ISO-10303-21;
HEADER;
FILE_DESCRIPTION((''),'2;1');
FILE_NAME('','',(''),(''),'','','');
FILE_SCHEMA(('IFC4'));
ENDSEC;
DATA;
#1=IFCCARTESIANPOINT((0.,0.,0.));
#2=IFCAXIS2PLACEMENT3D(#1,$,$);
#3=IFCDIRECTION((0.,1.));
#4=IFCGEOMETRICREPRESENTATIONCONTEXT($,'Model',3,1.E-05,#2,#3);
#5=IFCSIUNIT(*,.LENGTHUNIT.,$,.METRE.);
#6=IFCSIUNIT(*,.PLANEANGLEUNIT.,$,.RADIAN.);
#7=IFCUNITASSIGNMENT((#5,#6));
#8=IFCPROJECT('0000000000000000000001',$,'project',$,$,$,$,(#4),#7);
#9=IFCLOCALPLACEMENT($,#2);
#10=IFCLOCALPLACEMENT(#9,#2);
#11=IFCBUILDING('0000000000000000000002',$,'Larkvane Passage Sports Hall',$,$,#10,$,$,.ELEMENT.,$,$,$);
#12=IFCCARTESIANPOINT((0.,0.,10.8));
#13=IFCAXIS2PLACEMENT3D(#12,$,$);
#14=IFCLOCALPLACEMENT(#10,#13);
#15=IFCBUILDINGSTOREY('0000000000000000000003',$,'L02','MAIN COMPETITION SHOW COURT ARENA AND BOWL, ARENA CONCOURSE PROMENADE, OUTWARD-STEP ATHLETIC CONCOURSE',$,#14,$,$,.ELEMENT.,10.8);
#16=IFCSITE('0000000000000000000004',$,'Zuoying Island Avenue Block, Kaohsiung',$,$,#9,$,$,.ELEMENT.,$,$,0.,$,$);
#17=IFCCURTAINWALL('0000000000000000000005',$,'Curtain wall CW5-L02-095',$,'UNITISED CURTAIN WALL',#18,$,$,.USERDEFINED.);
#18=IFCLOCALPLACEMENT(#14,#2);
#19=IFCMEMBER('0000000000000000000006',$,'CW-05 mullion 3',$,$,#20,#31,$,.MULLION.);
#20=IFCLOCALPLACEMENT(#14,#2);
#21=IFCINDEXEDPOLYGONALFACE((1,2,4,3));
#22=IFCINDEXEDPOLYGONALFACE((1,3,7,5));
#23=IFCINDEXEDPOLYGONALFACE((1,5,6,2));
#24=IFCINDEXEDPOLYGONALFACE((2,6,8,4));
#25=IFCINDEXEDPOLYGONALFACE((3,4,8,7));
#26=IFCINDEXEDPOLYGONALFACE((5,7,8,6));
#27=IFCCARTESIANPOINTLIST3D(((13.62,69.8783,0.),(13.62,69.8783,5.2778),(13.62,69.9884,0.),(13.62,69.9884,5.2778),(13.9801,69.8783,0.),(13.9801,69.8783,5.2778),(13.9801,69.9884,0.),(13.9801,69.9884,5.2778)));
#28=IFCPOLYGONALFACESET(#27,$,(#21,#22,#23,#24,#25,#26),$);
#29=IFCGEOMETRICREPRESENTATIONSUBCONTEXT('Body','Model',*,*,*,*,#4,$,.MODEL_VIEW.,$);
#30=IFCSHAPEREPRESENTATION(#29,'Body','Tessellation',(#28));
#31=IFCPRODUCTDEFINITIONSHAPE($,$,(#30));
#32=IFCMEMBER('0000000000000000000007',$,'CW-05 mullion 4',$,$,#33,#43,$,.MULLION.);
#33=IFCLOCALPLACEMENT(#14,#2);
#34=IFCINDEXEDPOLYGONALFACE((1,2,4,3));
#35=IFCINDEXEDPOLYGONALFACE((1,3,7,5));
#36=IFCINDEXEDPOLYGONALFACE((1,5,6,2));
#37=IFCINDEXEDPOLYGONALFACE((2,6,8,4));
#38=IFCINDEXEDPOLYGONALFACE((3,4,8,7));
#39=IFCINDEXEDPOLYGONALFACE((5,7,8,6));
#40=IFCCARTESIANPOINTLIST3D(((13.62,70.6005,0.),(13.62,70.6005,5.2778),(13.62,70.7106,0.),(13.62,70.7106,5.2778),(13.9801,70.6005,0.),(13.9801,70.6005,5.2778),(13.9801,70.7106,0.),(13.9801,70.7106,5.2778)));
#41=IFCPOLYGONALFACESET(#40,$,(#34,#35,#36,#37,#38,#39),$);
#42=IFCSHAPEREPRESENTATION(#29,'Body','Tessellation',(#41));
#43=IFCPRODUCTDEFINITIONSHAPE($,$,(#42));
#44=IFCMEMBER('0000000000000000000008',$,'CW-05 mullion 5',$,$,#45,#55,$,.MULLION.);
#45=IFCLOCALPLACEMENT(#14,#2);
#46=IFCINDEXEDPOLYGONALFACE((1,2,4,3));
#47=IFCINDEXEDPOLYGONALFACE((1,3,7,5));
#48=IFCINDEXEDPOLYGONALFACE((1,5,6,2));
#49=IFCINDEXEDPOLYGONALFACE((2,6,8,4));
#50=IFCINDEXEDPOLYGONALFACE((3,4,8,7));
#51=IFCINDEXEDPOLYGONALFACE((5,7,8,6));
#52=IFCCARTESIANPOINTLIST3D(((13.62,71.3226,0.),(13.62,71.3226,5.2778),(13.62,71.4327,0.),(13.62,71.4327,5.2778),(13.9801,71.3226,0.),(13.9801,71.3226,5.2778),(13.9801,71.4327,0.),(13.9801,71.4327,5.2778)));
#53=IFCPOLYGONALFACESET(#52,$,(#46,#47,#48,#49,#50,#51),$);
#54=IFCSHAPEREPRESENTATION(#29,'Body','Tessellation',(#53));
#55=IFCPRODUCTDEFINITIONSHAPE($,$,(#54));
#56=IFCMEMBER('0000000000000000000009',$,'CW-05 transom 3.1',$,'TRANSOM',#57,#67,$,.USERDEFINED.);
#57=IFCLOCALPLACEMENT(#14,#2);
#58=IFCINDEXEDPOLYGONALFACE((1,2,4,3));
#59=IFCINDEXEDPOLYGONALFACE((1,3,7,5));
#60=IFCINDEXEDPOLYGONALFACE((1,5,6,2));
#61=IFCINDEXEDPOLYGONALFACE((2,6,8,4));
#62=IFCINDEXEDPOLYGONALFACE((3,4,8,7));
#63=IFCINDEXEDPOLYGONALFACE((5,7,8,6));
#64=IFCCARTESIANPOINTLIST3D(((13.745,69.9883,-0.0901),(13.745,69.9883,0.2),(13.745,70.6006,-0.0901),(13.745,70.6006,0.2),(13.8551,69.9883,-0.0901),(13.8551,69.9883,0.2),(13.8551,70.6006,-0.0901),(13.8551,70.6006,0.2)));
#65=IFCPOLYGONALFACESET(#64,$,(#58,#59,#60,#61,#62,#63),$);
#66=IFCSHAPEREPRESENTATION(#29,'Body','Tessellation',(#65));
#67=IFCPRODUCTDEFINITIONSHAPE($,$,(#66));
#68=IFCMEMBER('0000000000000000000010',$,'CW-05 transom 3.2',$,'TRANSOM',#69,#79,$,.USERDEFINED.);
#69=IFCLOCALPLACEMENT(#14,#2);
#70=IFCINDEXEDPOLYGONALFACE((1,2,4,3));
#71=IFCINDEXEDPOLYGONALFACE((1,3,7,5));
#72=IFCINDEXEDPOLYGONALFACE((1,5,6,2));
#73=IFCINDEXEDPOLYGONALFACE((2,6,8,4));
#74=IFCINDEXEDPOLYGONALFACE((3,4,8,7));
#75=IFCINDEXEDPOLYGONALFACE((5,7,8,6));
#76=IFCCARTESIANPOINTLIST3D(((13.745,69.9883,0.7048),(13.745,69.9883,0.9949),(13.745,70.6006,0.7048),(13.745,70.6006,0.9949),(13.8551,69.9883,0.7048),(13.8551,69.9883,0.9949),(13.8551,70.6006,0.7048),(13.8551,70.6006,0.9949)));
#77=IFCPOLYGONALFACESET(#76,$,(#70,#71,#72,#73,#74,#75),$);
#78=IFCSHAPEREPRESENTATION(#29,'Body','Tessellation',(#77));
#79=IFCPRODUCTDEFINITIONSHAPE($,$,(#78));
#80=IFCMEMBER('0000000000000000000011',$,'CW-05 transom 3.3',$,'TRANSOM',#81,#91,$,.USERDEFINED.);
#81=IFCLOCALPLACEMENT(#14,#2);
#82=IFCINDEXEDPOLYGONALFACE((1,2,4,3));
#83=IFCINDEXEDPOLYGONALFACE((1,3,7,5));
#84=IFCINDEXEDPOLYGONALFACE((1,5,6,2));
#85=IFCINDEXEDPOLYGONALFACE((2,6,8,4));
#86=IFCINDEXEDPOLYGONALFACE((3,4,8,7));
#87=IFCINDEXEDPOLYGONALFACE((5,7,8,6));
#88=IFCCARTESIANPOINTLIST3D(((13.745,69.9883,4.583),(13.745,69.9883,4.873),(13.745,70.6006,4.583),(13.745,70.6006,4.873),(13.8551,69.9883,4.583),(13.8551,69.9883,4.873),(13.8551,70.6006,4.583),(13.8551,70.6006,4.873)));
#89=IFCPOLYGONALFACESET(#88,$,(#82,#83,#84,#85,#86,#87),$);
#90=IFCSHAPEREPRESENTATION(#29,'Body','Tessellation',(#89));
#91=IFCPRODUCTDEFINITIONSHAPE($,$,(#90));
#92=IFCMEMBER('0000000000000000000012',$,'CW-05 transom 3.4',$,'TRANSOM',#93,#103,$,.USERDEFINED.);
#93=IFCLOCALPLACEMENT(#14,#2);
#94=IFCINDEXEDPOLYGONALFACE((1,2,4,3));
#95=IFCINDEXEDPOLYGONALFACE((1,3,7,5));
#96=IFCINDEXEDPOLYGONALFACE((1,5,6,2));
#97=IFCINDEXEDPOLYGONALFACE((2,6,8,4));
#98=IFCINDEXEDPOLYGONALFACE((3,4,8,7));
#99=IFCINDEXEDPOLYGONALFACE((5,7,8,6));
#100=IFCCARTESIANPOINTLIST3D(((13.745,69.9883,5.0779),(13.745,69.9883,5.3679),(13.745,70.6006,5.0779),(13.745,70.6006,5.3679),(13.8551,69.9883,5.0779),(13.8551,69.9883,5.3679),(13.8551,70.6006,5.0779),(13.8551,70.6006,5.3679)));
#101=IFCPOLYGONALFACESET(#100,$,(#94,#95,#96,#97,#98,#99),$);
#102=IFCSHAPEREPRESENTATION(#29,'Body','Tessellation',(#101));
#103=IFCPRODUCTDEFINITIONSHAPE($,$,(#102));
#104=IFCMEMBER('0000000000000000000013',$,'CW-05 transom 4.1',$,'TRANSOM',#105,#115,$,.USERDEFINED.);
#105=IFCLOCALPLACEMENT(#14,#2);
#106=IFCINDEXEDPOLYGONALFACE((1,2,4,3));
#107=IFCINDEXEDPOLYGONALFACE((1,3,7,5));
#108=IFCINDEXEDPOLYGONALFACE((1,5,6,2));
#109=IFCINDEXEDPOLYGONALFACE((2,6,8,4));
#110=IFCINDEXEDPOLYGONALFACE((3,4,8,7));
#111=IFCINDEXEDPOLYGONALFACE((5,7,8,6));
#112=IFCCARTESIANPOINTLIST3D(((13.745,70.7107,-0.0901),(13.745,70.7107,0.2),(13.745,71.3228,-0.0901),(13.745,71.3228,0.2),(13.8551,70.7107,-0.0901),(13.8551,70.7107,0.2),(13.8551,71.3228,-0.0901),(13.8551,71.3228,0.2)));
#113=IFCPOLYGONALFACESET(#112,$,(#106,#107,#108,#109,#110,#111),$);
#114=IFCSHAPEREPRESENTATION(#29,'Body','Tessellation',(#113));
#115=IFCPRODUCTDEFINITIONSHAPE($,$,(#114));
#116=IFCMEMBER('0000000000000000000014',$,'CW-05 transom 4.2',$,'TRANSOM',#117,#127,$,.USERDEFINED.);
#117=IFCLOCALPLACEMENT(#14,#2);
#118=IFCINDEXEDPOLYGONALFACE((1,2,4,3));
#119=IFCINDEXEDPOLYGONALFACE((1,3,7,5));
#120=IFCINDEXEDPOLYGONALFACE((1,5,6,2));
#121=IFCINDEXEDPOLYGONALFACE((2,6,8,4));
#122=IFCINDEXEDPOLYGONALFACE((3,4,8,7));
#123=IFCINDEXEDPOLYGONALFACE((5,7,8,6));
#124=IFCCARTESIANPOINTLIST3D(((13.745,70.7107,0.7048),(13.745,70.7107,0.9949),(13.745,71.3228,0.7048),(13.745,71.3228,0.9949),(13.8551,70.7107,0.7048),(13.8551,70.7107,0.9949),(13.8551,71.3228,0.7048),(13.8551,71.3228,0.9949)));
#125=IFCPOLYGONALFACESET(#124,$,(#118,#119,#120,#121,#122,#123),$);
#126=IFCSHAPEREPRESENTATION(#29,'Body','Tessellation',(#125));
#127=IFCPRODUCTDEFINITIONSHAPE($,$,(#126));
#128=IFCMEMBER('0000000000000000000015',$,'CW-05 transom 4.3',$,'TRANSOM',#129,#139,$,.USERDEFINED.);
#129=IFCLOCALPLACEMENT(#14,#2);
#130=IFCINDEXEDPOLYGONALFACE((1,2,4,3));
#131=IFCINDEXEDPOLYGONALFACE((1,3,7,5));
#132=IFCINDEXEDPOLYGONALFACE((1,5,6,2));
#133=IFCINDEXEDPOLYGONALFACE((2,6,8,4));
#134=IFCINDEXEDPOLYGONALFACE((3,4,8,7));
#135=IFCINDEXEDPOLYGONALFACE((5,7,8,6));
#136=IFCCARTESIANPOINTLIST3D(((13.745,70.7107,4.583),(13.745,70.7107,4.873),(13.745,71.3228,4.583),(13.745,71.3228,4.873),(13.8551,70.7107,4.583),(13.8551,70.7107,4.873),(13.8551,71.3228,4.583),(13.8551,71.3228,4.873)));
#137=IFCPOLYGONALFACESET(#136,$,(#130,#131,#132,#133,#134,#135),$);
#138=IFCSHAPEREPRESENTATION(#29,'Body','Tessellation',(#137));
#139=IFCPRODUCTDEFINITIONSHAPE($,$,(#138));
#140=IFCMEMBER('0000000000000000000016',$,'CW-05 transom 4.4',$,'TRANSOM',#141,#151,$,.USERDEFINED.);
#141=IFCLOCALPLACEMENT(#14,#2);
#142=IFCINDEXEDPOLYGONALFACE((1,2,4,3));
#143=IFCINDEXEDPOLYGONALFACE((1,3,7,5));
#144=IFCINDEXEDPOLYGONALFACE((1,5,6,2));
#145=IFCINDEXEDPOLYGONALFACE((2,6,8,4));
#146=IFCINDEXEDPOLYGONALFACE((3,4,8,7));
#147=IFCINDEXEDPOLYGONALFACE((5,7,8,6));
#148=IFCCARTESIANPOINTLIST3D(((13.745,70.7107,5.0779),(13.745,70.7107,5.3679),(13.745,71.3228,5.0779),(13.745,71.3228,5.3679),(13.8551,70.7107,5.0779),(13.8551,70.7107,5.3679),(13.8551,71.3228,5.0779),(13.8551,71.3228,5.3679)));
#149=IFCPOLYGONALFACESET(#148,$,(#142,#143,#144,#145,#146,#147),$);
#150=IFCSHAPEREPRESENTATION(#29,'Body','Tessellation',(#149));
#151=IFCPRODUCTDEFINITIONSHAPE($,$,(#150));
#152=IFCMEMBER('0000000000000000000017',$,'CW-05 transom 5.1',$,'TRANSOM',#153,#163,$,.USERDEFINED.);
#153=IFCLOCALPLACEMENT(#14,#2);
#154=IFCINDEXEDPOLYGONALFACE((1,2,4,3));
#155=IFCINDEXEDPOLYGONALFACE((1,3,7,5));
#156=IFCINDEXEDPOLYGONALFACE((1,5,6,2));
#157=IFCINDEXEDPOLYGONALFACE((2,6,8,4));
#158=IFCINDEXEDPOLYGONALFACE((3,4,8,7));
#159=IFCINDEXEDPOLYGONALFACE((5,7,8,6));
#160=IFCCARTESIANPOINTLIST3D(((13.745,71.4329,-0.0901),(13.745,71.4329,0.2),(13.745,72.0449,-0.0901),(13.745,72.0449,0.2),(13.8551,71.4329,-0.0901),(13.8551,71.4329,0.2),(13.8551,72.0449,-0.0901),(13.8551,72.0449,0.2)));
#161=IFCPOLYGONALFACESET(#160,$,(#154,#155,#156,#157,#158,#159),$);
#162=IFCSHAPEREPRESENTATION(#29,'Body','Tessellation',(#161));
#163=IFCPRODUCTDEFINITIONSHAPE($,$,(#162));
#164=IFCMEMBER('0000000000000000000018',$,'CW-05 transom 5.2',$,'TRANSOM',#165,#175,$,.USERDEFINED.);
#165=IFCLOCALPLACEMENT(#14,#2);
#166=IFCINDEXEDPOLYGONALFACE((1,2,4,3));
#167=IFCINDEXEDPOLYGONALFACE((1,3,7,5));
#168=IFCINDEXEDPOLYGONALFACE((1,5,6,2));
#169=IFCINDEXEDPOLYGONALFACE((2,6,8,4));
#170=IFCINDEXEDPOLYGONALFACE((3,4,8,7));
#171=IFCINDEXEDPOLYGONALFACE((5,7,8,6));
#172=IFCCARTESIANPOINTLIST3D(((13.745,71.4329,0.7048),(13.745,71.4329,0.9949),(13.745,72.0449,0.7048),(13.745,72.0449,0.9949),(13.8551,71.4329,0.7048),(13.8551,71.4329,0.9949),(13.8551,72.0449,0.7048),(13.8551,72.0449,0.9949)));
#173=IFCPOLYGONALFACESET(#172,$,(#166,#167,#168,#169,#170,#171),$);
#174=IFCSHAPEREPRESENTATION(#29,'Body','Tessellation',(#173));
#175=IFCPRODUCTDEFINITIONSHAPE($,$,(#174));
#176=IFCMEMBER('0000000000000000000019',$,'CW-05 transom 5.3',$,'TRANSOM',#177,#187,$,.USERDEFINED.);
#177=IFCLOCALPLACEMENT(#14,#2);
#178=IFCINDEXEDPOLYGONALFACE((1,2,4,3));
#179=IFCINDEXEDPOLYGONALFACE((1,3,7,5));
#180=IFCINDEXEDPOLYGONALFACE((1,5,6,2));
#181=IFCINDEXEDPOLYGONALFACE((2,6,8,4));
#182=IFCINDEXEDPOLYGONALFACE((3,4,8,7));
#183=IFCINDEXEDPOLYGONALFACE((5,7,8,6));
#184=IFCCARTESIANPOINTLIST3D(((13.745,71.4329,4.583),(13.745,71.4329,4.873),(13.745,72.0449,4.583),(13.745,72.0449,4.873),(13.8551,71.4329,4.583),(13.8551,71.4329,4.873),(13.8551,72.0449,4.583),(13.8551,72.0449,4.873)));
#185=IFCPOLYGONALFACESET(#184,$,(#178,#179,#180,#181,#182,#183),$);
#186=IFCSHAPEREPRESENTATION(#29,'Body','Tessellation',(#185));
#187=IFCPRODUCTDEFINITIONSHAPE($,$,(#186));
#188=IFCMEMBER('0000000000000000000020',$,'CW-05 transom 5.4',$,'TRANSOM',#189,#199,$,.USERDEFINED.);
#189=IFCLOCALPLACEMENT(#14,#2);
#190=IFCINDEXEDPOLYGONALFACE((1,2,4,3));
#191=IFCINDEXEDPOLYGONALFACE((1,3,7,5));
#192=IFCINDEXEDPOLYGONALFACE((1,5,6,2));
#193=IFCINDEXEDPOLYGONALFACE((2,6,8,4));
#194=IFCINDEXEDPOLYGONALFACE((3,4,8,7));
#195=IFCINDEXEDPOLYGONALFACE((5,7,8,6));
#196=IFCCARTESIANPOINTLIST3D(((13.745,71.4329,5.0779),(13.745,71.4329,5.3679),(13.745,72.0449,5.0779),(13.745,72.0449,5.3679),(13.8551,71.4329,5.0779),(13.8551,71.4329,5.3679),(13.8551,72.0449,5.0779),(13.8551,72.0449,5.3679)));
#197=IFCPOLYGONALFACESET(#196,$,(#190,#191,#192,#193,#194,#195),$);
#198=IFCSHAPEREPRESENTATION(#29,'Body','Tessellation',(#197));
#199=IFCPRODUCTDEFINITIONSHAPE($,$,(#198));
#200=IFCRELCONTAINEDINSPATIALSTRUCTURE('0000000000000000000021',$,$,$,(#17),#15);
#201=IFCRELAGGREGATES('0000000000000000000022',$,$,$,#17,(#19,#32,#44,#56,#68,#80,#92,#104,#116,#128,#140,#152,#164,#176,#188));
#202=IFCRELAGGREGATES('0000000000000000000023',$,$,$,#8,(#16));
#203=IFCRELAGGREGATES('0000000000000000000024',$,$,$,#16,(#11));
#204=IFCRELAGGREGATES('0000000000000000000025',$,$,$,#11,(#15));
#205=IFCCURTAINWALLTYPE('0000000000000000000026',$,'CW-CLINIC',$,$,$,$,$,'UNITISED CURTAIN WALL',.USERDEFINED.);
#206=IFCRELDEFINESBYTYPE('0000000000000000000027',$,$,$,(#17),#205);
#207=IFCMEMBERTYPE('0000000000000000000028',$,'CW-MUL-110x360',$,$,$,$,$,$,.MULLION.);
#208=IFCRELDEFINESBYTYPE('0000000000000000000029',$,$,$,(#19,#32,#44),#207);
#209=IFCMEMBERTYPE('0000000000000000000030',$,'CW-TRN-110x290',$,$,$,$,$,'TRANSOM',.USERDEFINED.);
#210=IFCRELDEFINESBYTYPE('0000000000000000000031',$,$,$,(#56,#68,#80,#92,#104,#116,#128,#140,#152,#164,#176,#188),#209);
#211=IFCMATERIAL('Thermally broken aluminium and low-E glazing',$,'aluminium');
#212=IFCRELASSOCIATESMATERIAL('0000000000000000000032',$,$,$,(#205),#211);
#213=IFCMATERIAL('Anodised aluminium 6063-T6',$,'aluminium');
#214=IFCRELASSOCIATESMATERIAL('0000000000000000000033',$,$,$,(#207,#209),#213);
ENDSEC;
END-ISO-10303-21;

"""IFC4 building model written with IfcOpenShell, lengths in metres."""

from ifc_helpers import new_model, si_unit, direction, frame, origin, origin_2d, place, context, subcontext, project, spatial, rectangle, extrude, material, material_profile, profile_set, type_object, element, aggregate, save


model = new_model("IFC4")

# Units and contexts
model_context = context("Model", 3, precision=1e-05, world=origin(), true_north=direction((0.0, 1.0)))
body_context = subcontext(model_context, "Body", "Model", "MODEL_VIEW")
ifc_project = project(units=[si_unit("LENGTHUNIT", "METRE"), si_unit("PLANEANGLEUNIT", "RADIAN")], contexts=[model_context])

# Site, building, storey
site_placement = place(None, origin())
site = spatial("IfcSite", under=ifc_project, at=site_placement, Name="Zuoying Island Avenue Block, Kaohsiung", CompositionType="ELEMENT", RefElevation=0.0)
building_placement = place(site_placement, origin())
building = spatial("IfcBuilding", under=site, at=building_placement, Name="Larkvane Passage Sports Hall", CompositionType="ELEMENT")
storey_placement = place(building_placement, frame((0.0, 0.0, 10.8)))
storey = spatial("IfcBuildingStorey", under=building, at=storey_placement, Name="L02", Description="MAIN COMPETITION SHOW COURT ARENA AND BOWL, ARENA CONCOURSE PROMENADE, OUTWARD-STEP ATHLETIC CONCOURSE", CompositionType="ELEMENT", Elevation=10.8)

# Curtain wall, members
ifc_material_1 = material(Name="Thermally broken aluminium and low-E glazing", Category="aluminium")
curtain_wall_type = type_object("IfcCurtainWallType", Name="CW-CLINIC", ElementType="UNITISED CURTAIN WALL", PredefinedType="USERDEFINED", material=ifc_material_1)
curtain_wall_placement = place(storey_placement, origin())
curtain_wall = element("IfcCurtainWall", 1, at=curtain_wall_placement, inside=storey, type_object=curtain_wall_type, Name="Curtain wall CW5-L02-095", ObjectType="UNITISED CURTAIN WALL", PredefinedType="USERDEFINED")
ifc_material_2 = material(Name="Anodised aluminium 6063-T6", Category="aluminium")
ifc_material_profile_1 = material_profile(ifc_material_2, rectangle(XDim=0.1101, YDim=0.3601, at=origin_2d()), Name="ALU-MUL-110x360")
ifc_profile_set_1 = profile_set([ifc_material_profile_1], Name="Anodised aluminium 6063-T6")
member_type_1 = type_object("IfcMemberType", Name="CW-MUL-110x360", PredefinedType="MULLION", material=ifc_profile_set_1)
member_1_placement = place(storey_placement, frame((13.8, 69.9333, 0.0), z_axis=(0.0, 0.0, 1.0), x_axis=(0.0, 1.0, 0.0)))
member_1 = element("IfcMember", 2, at=member_1_placement, type_object=member_type_1, Name="CW-05 mullion 3", PredefinedType="MULLION", context=body_context, shape_type="SweptSolid", body=[
    extrude(rectangle(XDim=0.1101, YDim=0.3601, at=origin_2d()), origin(), (0.0, 0.0, 1.0), 5.2778),
])
member_2_placement = place(storey_placement, frame((13.8, 70.6555, 0.0), z_axis=(0.0, 0.0, 1.0), x_axis=(0.0, 1.0, 0.0)))
member_2 = element("IfcMember", 3, at=member_2_placement, type_object=member_type_1, Name="CW-05 mullion 4", PredefinedType="MULLION", context=body_context, shape_type="SweptSolid", body=[
    extrude(rectangle(XDim=0.1101, YDim=0.3601, at=origin_2d()), origin(), (0.0, 0.0, 1.0), 5.2778),
])
member_3_placement = place(storey_placement, frame((13.8, 71.3777, 0.0), z_axis=(0.0, 0.0, 1.0), x_axis=(0.0, 1.0, 0.0)))
member_3 = element("IfcMember", 4, at=member_3_placement, type_object=member_type_1, Name="CW-05 mullion 5", PredefinedType="MULLION", context=body_context, shape_type="SweptSolid", body=[
    extrude(rectangle(XDim=0.1101, YDim=0.3601, at=origin_2d()), origin(), (0.0, 0.0, 1.0), 5.2778),
])
ifc_material_profile_2 = material_profile(ifc_material_2, rectangle(XDim=0.1101, YDim=0.29, at=origin_2d()), Name="ALU-TRN-110x290")
ifc_profile_set_2 = profile_set([ifc_material_profile_2], Name="Anodised aluminium 6063-T6")
member_type_2 = type_object("IfcMemberType", Name="CW-TRN-110x290", ElementType="TRANSOM", PredefinedType="USERDEFINED", material=ifc_profile_set_2)
member_4_placement = place(storey_placement, frame((13.8, 69.9883, 0.0549), z_axis=(0.0, 1.0, 0.0), x_axis=(-1.0, 0.0, 0.0)))
member_4 = element("IfcMember", 5, at=member_4_placement, type_object=member_type_2, Name="CW-05 transom 3.1", ObjectType="TRANSOM", PredefinedType="USERDEFINED", context=body_context, shape_type="SweptSolid", body=[
    extrude(rectangle(XDim=0.1101, YDim=0.29, at=origin_2d()), origin(), (0.0, 0.0, 1.0), 0.6123),
])
member_5_placement = place(storey_placement, frame((13.8, 69.9883, 0.8499), z_axis=(0.0, 1.0, 0.0), x_axis=(-1.0, 0.0, 0.0)))
member_5 = element("IfcMember", 6, at=member_5_placement, type_object=member_type_2, Name="CW-05 transom 3.2", ObjectType="TRANSOM", PredefinedType="USERDEFINED", context=body_context, shape_type="SweptSolid", body=[
    extrude(rectangle(XDim=0.1101, YDim=0.29, at=origin_2d()), origin(), (0.0, 0.0, 1.0), 0.6123),
])
member_6_placement = place(storey_placement, frame((13.8, 69.9883, 4.728), z_axis=(0.0, 1.0, 0.0), x_axis=(-1.0, 0.0, 0.0)))
member_6 = element("IfcMember", 7, at=member_6_placement, type_object=member_type_2, Name="CW-05 transom 3.3", ObjectType="TRANSOM", PredefinedType="USERDEFINED", context=body_context, shape_type="SweptSolid", body=[
    extrude(rectangle(XDim=0.1101, YDim=0.29, at=origin_2d()), origin(), (0.0, 0.0, 1.0), 0.6123),
])
member_7_placement = place(storey_placement, frame((13.8, 69.9883, 5.2229), z_axis=(0.0, 1.0, 0.0), x_axis=(-1.0, 0.0, 0.0)))
member_7 = element("IfcMember", 8, at=member_7_placement, type_object=member_type_2, Name="CW-05 transom 3.4", ObjectType="TRANSOM", PredefinedType="USERDEFINED", context=body_context, shape_type="SweptSolid", body=[
    extrude(rectangle(XDim=0.1101, YDim=0.29, at=origin_2d()), origin(), (0.0, 0.0, 1.0), 0.6123),
])
member_8_placement = place(storey_placement, frame((13.8, 70.7107, 0.0549), z_axis=(0.0, 1.0, 0.0), x_axis=(-1.0, 0.0, 0.0)))
member_8 = element("IfcMember", 9, at=member_8_placement, type_object=member_type_2, Name="CW-05 transom 4.1", ObjectType="TRANSOM", PredefinedType="USERDEFINED", context=body_context, shape_type="SweptSolid", body=[
    extrude(rectangle(XDim=0.1101, YDim=0.29, at=origin_2d()), origin(), (0.0, 0.0, 1.0), 0.6121),
])
member_9_placement = place(storey_placement, frame((13.8, 70.7107, 0.8499), z_axis=(0.0, 1.0, 0.0), x_axis=(-1.0, 0.0, 0.0)))
member_9 = element("IfcMember", 10, at=member_9_placement, type_object=member_type_2, Name="CW-05 transom 4.2", ObjectType="TRANSOM", PredefinedType="USERDEFINED", context=body_context, shape_type="SweptSolid", body=[
    extrude(rectangle(XDim=0.1101, YDim=0.29, at=origin_2d()), origin(), (0.0, 0.0, 1.0), 0.6121),
])
member_10_placement = place(storey_placement, frame((13.8, 70.7107, 4.728), z_axis=(0.0, 1.0, 0.0), x_axis=(-1.0, 0.0, 0.0)))
member_10 = element("IfcMember", 11, at=member_10_placement, type_object=member_type_2, Name="CW-05 transom 4.3", ObjectType="TRANSOM", PredefinedType="USERDEFINED", context=body_context, shape_type="SweptSolid", body=[
    extrude(rectangle(XDim=0.1101, YDim=0.29, at=origin_2d()), origin(), (0.0, 0.0, 1.0), 0.6121),
])
member_11_placement = place(storey_placement, frame((13.8, 70.7107, 5.2229), z_axis=(0.0, 1.0, 0.0), x_axis=(-1.0, 0.0, 0.0)))
member_11 = element("IfcMember", 12, at=member_11_placement, type_object=member_type_2, Name="CW-05 transom 4.4", ObjectType="TRANSOM", PredefinedType="USERDEFINED", context=body_context, shape_type="SweptSolid", body=[
    extrude(rectangle(XDim=0.1101, YDim=0.29, at=origin_2d()), origin(), (0.0, 0.0, 1.0), 0.6121),
])
member_12_placement = place(storey_placement, frame((13.8, 71.4329, 0.0549), z_axis=(0.0, 1.0, 0.0), x_axis=(-1.0, 0.0, 0.0)))
member_12 = element("IfcMember", 13, at=member_12_placement, type_object=member_type_2, Name="CW-05 transom 5.1", ObjectType="TRANSOM", PredefinedType="USERDEFINED", context=body_context, shape_type="SweptSolid", body=[
    extrude(rectangle(XDim=0.1101, YDim=0.29, at=origin_2d()), origin(), (0.0, 0.0, 1.0), 0.6121),
])
member_13_placement = place(storey_placement, frame((13.8, 71.4329, 0.8499), z_axis=(0.0, 1.0, 0.0), x_axis=(-1.0, 0.0, 0.0)))
member_13 = element("IfcMember", 14, at=member_13_placement, type_object=member_type_2, Name="CW-05 transom 5.2", ObjectType="TRANSOM", PredefinedType="USERDEFINED", context=body_context, shape_type="SweptSolid", body=[
    extrude(rectangle(XDim=0.1101, YDim=0.29, at=origin_2d()), origin(), (0.0, 0.0, 1.0), 0.6121),
])
member_14_placement = place(storey_placement, frame((13.8, 71.4329, 4.728), z_axis=(0.0, 1.0, 0.0), x_axis=(-1.0, 0.0, 0.0)))
member_14 = element("IfcMember", 15, at=member_14_placement, type_object=member_type_2, Name="CW-05 transom 5.3", ObjectType="TRANSOM", PredefinedType="USERDEFINED", context=body_context, shape_type="SweptSolid", body=[
    extrude(rectangle(XDim=0.1101, YDim=0.29, at=origin_2d()), origin(), (0.0, 0.0, 1.0), 0.6121),
])
member_15_placement = place(storey_placement, frame((13.8, 71.4329, 5.2229), z_axis=(0.0, 1.0, 0.0), x_axis=(-1.0, 0.0, 0.0)))
member_15 = element("IfcMember", 16, at=member_15_placement, type_object=member_type_2, Name="CW-05 transom 5.4", ObjectType="TRANSOM", PredefinedType="USERDEFINED", context=body_context, shape_type="SweptSolid", body=[
    extrude(rectangle(XDim=0.1101, YDim=0.29, at=origin_2d()), origin(), (0.0, 0.0, 1.0), 0.6121),
])
aggregate(curtain_wall, [member_1, member_2, member_3, member_4, member_5, member_6, member_7, member_8, member_9, member_10, member_11, member_12, member_13, member_14, member_15])

save(model, "model.ifc")
